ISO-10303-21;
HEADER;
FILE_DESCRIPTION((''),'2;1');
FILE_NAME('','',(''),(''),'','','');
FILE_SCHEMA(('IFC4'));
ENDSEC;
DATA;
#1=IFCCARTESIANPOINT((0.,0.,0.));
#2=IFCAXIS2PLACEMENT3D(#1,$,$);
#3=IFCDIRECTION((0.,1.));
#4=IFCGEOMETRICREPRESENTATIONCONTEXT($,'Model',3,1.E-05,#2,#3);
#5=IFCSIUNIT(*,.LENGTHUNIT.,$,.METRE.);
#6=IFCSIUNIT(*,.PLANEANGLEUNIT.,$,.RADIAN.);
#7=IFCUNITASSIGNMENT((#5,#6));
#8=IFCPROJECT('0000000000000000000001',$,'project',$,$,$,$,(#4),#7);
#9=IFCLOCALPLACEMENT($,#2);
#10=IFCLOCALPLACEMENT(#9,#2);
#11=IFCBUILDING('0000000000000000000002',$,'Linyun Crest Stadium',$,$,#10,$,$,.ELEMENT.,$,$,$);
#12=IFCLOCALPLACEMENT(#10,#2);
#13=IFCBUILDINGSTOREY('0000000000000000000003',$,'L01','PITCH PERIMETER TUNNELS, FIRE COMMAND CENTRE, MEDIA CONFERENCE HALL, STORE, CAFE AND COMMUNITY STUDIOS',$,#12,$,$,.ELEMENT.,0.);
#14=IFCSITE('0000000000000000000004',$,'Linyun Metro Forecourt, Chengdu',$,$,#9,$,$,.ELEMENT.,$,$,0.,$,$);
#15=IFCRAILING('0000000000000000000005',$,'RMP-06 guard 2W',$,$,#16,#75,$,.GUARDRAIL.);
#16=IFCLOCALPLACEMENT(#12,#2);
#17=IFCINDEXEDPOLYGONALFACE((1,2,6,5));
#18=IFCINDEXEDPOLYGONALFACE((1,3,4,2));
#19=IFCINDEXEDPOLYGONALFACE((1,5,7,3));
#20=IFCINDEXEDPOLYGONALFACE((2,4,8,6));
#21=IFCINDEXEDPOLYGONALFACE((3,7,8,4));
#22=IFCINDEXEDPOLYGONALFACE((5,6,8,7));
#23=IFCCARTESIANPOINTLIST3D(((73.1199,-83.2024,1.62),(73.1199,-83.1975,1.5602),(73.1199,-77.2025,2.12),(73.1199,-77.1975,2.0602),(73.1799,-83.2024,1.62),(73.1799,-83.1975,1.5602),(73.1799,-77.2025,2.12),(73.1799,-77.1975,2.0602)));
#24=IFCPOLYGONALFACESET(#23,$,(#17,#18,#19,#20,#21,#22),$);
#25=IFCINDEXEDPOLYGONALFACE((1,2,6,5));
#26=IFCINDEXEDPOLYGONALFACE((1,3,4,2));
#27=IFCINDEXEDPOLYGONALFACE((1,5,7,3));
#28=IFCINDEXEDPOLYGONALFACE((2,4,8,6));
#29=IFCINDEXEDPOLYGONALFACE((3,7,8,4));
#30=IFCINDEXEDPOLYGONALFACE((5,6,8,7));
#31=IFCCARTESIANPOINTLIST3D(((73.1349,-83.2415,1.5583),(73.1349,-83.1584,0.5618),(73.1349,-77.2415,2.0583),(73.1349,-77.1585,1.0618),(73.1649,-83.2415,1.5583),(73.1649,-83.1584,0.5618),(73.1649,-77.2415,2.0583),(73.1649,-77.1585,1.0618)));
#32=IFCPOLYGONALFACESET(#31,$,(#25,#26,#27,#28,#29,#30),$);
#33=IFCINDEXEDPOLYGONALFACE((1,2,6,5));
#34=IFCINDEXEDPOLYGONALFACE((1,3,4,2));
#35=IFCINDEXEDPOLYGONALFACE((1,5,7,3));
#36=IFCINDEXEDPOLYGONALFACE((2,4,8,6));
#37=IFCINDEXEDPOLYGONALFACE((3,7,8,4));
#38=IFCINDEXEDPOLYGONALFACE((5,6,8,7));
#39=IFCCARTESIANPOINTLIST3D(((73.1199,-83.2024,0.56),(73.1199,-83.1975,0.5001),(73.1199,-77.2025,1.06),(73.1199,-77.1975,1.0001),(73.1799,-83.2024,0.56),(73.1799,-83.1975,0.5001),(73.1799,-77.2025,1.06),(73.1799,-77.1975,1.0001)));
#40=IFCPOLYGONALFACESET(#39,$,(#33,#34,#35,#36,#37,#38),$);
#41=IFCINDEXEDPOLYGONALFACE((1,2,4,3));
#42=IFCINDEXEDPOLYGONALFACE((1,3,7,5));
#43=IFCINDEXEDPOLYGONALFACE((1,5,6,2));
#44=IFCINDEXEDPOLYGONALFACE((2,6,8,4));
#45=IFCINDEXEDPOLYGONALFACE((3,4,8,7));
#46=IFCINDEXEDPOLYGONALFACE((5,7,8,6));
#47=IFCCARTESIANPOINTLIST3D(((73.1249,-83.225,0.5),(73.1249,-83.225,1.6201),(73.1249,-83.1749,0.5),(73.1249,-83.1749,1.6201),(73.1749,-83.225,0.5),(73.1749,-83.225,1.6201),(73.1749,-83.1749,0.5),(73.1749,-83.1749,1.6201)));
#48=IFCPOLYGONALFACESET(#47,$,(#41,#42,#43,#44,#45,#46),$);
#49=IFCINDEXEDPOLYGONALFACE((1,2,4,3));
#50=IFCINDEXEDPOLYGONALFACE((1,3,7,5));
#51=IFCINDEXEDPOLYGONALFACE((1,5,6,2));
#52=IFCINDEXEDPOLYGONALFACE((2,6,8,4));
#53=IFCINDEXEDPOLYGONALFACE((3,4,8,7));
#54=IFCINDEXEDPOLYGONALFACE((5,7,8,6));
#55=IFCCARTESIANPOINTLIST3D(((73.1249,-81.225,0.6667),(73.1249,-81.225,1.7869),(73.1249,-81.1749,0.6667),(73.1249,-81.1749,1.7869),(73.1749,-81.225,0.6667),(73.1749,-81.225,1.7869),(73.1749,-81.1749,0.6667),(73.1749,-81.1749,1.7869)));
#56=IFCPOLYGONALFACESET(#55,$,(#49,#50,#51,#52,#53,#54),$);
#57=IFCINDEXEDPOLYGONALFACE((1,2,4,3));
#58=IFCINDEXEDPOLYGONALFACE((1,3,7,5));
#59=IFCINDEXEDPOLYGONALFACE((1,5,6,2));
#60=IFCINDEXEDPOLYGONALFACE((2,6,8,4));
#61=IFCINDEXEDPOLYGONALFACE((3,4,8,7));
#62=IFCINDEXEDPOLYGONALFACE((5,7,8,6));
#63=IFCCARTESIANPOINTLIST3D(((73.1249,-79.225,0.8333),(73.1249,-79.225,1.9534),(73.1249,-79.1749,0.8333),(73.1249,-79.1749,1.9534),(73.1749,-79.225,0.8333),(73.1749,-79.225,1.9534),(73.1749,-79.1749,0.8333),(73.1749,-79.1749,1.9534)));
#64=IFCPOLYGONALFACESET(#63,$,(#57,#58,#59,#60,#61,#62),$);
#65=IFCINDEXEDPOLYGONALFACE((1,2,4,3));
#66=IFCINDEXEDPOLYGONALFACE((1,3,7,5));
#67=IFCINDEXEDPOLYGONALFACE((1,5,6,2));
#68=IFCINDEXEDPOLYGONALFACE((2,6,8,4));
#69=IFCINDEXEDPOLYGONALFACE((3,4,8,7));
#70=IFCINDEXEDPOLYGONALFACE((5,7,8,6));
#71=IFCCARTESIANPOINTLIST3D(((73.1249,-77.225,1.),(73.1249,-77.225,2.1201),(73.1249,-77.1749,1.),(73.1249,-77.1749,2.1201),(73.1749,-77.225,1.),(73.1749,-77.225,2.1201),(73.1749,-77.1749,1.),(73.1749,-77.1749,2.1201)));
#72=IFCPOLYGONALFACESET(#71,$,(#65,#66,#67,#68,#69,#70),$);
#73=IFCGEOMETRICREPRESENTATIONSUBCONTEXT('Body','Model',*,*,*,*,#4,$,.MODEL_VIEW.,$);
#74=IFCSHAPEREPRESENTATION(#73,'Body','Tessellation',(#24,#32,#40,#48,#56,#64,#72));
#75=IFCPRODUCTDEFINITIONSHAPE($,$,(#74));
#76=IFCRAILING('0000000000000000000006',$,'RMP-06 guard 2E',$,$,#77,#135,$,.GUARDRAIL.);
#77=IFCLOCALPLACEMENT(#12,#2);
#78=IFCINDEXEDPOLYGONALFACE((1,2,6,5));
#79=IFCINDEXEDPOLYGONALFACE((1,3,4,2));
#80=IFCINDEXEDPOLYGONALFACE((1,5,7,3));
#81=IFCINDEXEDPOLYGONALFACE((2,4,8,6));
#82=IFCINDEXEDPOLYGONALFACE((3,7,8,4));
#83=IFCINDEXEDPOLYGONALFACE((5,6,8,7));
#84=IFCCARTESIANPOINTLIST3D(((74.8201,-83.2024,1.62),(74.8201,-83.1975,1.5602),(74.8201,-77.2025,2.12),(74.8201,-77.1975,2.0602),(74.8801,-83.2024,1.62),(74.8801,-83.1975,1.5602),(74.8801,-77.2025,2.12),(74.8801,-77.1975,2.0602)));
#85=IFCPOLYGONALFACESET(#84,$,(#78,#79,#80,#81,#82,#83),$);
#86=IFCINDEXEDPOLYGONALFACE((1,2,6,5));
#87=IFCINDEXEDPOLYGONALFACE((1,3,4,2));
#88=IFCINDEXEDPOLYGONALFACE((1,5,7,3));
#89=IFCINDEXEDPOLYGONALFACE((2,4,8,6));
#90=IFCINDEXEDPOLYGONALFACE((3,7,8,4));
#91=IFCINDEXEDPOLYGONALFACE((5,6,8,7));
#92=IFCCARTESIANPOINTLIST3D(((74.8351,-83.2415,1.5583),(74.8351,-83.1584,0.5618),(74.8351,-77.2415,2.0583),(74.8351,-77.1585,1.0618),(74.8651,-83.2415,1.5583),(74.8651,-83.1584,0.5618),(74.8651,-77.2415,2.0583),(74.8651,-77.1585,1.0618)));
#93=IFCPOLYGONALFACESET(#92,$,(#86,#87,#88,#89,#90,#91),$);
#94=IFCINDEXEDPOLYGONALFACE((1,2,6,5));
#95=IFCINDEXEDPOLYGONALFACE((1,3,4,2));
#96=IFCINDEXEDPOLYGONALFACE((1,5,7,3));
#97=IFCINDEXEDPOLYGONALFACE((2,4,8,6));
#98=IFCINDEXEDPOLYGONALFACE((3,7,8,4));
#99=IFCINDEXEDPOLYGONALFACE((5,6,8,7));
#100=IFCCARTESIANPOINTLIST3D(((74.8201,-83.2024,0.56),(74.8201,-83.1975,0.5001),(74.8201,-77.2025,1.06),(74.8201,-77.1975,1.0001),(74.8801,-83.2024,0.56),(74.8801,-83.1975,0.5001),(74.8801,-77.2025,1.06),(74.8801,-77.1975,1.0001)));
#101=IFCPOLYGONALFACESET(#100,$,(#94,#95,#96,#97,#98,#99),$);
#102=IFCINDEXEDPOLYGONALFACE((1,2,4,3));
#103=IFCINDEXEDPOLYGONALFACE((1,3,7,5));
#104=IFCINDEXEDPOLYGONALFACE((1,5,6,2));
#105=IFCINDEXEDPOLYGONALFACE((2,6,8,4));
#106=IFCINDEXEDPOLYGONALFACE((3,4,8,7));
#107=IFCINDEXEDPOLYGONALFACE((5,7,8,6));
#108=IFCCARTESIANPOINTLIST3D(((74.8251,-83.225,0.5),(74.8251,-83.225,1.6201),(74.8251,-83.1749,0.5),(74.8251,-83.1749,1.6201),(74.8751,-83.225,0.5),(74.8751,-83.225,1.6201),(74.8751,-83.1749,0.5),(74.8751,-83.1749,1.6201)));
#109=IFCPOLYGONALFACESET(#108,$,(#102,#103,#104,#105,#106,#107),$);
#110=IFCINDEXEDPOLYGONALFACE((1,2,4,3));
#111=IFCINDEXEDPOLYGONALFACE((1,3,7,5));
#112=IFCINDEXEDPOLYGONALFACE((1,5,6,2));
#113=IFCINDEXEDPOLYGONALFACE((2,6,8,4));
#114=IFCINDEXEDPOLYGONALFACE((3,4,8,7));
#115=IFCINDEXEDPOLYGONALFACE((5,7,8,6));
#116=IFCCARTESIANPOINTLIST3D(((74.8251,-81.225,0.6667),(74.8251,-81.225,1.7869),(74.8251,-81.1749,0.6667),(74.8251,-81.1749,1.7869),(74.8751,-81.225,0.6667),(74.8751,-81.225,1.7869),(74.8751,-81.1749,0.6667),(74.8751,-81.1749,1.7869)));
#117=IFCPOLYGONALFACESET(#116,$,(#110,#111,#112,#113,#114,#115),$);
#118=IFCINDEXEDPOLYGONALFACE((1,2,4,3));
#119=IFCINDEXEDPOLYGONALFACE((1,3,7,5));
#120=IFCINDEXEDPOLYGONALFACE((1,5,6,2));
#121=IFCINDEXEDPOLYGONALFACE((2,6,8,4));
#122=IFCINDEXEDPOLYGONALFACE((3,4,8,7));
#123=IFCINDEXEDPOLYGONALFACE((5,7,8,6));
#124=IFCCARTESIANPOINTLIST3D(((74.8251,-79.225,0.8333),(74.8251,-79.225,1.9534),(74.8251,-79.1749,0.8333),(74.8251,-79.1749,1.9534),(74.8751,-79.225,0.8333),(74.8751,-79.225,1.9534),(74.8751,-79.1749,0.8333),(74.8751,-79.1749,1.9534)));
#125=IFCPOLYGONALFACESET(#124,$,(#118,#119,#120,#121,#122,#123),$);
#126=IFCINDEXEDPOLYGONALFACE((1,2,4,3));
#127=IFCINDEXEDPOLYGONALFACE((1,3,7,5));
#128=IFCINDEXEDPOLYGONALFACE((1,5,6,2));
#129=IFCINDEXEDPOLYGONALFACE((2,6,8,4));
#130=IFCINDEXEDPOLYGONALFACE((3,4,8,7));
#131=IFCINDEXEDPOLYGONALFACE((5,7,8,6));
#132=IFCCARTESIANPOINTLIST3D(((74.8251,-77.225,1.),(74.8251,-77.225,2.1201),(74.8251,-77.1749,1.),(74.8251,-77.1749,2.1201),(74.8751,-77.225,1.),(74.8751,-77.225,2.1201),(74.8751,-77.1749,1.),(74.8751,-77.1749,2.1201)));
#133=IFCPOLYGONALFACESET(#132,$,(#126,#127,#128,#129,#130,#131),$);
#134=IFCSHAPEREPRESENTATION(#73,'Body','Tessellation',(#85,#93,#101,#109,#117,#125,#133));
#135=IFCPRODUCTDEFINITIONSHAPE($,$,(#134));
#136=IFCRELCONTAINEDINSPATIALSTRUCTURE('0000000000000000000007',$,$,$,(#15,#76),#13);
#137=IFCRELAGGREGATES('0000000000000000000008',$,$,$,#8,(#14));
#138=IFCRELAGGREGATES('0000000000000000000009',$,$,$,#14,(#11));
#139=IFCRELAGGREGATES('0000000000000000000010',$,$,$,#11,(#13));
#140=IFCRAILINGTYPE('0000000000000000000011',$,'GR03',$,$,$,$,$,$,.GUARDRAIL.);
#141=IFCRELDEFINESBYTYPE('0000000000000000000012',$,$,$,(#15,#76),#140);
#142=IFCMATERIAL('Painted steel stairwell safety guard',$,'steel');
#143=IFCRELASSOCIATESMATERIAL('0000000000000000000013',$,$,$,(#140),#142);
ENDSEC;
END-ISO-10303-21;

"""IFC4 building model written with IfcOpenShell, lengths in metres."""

from ifc_helpers import new_model, si_unit, direction, frame, origin, origin_2d, place, context, subcontext, project, spatial, rectangle, extrude, material, type_object, element, save


model = new_model("IFC4")

# Units and contexts
model_context = context("Model", 3, precision=1e-05, world=origin(), true_north=direction((0.0, 1.0)))
body_context = subcontext(model_context, "Body", "Model", "MODEL_VIEW")
ifc_project = project(units=[si_unit("LENGTHUNIT", "METRE"), si_unit("PLANEANGLEUNIT", "RADIAN")], contexts=[model_context])

# Site, building, storey
site_placement = place(None, origin())
site = spatial("IfcSite", under=ifc_project, at=site_placement, Name="Linyun Metro Forecourt, Chengdu", CompositionType="ELEMENT", RefElevation=0.0)
building_placement = place(site_placement, origin())
building = spatial("IfcBuilding", under=site, at=building_placement, Name="Linyun Crest Stadium", CompositionType="ELEMENT")
storey_placement = place(building_placement, origin())
storey = spatial("IfcBuildingStorey", under=building, at=storey_placement, Name="L01", Description="PITCH PERIMETER TUNNELS, FIRE COMMAND CENTRE, MEDIA CONFERENCE HALL, STORE, CAFE AND COMMUNITY STUDIOS", CompositionType="ELEMENT", Elevation=0.0)

# Railings
ifc_material_1 = material(Name="Painted steel stairwell safety guard", Category="steel")
railing_type_1 = type_object("IfcRailingType", Name="GR03", PredefinedType="GUARDRAIL", material=ifc_material_1)
for number, where, name in (
    (1, (73.1499, -83.2, 0.5), "RMP-06 guard 2W"),
    (2, (74.8501, -83.2, 0.5), "RMP-06 guard 2E"),
):
    element("IfcRailing", number, at=place(storey_placement, frame(where)), inside=storey, type_object=railing_type_1, Name=name, PredefinedType="GUARDRAIL", context=body_context, shape_type="SweptSolid", body=[
        extrude(rectangle(XDim=0.0601, YDim=0.0601, at=origin_2d()), frame((0.0, 0.0, 1.0901), z_axis=(0.0, 0.996546, 0.083045), x_axis=(-1.0, 0.0, 0.0)), (0.0, 0.0, 1.0), 6.0208),
        extrude(rectangle(XDim=0.03, YDim=1.0, at=origin_2d()), frame((0.0, 0.0, 0.5601), z_axis=(0.0, 0.996546, 0.083045), x_axis=(-1.0, 0.0, 0.0)), (0.0, 0.0, 1.0), 6.0208),
        extrude(rectangle(XDim=0.0601, YDim=0.0601, at=origin_2d()), frame((0.0, 0.0, 0.03), z_axis=(0.0, 0.996546, 0.083045), x_axis=(-1.0, 0.0, 0.0)), (0.0, 0.0, 1.0), 6.0208),
        extrude(rectangle(XDim=0.05, YDim=0.05, at=origin_2d()), origin(), (0.0, 0.0, 1.0), 1.1201),
        extrude(rectangle(XDim=0.05, YDim=0.05, at=origin_2d()), frame((0.0, 2.0, 0.1667)), (0.0, 0.0, 1.0), 1.1201),
        extrude(rectangle(XDim=0.05, YDim=0.05, at=origin_2d()), frame((0.0, 4.0, 0.3333)), (0.0, 0.0, 1.0), 1.1201),
        extrude(rectangle(XDim=0.05, YDim=0.05, at=origin_2d()), frame((0.0, 6.0, 0.5)), (0.0, 0.0, 1.0), 1.1201),
    ])

save(model, "model.ifc")
